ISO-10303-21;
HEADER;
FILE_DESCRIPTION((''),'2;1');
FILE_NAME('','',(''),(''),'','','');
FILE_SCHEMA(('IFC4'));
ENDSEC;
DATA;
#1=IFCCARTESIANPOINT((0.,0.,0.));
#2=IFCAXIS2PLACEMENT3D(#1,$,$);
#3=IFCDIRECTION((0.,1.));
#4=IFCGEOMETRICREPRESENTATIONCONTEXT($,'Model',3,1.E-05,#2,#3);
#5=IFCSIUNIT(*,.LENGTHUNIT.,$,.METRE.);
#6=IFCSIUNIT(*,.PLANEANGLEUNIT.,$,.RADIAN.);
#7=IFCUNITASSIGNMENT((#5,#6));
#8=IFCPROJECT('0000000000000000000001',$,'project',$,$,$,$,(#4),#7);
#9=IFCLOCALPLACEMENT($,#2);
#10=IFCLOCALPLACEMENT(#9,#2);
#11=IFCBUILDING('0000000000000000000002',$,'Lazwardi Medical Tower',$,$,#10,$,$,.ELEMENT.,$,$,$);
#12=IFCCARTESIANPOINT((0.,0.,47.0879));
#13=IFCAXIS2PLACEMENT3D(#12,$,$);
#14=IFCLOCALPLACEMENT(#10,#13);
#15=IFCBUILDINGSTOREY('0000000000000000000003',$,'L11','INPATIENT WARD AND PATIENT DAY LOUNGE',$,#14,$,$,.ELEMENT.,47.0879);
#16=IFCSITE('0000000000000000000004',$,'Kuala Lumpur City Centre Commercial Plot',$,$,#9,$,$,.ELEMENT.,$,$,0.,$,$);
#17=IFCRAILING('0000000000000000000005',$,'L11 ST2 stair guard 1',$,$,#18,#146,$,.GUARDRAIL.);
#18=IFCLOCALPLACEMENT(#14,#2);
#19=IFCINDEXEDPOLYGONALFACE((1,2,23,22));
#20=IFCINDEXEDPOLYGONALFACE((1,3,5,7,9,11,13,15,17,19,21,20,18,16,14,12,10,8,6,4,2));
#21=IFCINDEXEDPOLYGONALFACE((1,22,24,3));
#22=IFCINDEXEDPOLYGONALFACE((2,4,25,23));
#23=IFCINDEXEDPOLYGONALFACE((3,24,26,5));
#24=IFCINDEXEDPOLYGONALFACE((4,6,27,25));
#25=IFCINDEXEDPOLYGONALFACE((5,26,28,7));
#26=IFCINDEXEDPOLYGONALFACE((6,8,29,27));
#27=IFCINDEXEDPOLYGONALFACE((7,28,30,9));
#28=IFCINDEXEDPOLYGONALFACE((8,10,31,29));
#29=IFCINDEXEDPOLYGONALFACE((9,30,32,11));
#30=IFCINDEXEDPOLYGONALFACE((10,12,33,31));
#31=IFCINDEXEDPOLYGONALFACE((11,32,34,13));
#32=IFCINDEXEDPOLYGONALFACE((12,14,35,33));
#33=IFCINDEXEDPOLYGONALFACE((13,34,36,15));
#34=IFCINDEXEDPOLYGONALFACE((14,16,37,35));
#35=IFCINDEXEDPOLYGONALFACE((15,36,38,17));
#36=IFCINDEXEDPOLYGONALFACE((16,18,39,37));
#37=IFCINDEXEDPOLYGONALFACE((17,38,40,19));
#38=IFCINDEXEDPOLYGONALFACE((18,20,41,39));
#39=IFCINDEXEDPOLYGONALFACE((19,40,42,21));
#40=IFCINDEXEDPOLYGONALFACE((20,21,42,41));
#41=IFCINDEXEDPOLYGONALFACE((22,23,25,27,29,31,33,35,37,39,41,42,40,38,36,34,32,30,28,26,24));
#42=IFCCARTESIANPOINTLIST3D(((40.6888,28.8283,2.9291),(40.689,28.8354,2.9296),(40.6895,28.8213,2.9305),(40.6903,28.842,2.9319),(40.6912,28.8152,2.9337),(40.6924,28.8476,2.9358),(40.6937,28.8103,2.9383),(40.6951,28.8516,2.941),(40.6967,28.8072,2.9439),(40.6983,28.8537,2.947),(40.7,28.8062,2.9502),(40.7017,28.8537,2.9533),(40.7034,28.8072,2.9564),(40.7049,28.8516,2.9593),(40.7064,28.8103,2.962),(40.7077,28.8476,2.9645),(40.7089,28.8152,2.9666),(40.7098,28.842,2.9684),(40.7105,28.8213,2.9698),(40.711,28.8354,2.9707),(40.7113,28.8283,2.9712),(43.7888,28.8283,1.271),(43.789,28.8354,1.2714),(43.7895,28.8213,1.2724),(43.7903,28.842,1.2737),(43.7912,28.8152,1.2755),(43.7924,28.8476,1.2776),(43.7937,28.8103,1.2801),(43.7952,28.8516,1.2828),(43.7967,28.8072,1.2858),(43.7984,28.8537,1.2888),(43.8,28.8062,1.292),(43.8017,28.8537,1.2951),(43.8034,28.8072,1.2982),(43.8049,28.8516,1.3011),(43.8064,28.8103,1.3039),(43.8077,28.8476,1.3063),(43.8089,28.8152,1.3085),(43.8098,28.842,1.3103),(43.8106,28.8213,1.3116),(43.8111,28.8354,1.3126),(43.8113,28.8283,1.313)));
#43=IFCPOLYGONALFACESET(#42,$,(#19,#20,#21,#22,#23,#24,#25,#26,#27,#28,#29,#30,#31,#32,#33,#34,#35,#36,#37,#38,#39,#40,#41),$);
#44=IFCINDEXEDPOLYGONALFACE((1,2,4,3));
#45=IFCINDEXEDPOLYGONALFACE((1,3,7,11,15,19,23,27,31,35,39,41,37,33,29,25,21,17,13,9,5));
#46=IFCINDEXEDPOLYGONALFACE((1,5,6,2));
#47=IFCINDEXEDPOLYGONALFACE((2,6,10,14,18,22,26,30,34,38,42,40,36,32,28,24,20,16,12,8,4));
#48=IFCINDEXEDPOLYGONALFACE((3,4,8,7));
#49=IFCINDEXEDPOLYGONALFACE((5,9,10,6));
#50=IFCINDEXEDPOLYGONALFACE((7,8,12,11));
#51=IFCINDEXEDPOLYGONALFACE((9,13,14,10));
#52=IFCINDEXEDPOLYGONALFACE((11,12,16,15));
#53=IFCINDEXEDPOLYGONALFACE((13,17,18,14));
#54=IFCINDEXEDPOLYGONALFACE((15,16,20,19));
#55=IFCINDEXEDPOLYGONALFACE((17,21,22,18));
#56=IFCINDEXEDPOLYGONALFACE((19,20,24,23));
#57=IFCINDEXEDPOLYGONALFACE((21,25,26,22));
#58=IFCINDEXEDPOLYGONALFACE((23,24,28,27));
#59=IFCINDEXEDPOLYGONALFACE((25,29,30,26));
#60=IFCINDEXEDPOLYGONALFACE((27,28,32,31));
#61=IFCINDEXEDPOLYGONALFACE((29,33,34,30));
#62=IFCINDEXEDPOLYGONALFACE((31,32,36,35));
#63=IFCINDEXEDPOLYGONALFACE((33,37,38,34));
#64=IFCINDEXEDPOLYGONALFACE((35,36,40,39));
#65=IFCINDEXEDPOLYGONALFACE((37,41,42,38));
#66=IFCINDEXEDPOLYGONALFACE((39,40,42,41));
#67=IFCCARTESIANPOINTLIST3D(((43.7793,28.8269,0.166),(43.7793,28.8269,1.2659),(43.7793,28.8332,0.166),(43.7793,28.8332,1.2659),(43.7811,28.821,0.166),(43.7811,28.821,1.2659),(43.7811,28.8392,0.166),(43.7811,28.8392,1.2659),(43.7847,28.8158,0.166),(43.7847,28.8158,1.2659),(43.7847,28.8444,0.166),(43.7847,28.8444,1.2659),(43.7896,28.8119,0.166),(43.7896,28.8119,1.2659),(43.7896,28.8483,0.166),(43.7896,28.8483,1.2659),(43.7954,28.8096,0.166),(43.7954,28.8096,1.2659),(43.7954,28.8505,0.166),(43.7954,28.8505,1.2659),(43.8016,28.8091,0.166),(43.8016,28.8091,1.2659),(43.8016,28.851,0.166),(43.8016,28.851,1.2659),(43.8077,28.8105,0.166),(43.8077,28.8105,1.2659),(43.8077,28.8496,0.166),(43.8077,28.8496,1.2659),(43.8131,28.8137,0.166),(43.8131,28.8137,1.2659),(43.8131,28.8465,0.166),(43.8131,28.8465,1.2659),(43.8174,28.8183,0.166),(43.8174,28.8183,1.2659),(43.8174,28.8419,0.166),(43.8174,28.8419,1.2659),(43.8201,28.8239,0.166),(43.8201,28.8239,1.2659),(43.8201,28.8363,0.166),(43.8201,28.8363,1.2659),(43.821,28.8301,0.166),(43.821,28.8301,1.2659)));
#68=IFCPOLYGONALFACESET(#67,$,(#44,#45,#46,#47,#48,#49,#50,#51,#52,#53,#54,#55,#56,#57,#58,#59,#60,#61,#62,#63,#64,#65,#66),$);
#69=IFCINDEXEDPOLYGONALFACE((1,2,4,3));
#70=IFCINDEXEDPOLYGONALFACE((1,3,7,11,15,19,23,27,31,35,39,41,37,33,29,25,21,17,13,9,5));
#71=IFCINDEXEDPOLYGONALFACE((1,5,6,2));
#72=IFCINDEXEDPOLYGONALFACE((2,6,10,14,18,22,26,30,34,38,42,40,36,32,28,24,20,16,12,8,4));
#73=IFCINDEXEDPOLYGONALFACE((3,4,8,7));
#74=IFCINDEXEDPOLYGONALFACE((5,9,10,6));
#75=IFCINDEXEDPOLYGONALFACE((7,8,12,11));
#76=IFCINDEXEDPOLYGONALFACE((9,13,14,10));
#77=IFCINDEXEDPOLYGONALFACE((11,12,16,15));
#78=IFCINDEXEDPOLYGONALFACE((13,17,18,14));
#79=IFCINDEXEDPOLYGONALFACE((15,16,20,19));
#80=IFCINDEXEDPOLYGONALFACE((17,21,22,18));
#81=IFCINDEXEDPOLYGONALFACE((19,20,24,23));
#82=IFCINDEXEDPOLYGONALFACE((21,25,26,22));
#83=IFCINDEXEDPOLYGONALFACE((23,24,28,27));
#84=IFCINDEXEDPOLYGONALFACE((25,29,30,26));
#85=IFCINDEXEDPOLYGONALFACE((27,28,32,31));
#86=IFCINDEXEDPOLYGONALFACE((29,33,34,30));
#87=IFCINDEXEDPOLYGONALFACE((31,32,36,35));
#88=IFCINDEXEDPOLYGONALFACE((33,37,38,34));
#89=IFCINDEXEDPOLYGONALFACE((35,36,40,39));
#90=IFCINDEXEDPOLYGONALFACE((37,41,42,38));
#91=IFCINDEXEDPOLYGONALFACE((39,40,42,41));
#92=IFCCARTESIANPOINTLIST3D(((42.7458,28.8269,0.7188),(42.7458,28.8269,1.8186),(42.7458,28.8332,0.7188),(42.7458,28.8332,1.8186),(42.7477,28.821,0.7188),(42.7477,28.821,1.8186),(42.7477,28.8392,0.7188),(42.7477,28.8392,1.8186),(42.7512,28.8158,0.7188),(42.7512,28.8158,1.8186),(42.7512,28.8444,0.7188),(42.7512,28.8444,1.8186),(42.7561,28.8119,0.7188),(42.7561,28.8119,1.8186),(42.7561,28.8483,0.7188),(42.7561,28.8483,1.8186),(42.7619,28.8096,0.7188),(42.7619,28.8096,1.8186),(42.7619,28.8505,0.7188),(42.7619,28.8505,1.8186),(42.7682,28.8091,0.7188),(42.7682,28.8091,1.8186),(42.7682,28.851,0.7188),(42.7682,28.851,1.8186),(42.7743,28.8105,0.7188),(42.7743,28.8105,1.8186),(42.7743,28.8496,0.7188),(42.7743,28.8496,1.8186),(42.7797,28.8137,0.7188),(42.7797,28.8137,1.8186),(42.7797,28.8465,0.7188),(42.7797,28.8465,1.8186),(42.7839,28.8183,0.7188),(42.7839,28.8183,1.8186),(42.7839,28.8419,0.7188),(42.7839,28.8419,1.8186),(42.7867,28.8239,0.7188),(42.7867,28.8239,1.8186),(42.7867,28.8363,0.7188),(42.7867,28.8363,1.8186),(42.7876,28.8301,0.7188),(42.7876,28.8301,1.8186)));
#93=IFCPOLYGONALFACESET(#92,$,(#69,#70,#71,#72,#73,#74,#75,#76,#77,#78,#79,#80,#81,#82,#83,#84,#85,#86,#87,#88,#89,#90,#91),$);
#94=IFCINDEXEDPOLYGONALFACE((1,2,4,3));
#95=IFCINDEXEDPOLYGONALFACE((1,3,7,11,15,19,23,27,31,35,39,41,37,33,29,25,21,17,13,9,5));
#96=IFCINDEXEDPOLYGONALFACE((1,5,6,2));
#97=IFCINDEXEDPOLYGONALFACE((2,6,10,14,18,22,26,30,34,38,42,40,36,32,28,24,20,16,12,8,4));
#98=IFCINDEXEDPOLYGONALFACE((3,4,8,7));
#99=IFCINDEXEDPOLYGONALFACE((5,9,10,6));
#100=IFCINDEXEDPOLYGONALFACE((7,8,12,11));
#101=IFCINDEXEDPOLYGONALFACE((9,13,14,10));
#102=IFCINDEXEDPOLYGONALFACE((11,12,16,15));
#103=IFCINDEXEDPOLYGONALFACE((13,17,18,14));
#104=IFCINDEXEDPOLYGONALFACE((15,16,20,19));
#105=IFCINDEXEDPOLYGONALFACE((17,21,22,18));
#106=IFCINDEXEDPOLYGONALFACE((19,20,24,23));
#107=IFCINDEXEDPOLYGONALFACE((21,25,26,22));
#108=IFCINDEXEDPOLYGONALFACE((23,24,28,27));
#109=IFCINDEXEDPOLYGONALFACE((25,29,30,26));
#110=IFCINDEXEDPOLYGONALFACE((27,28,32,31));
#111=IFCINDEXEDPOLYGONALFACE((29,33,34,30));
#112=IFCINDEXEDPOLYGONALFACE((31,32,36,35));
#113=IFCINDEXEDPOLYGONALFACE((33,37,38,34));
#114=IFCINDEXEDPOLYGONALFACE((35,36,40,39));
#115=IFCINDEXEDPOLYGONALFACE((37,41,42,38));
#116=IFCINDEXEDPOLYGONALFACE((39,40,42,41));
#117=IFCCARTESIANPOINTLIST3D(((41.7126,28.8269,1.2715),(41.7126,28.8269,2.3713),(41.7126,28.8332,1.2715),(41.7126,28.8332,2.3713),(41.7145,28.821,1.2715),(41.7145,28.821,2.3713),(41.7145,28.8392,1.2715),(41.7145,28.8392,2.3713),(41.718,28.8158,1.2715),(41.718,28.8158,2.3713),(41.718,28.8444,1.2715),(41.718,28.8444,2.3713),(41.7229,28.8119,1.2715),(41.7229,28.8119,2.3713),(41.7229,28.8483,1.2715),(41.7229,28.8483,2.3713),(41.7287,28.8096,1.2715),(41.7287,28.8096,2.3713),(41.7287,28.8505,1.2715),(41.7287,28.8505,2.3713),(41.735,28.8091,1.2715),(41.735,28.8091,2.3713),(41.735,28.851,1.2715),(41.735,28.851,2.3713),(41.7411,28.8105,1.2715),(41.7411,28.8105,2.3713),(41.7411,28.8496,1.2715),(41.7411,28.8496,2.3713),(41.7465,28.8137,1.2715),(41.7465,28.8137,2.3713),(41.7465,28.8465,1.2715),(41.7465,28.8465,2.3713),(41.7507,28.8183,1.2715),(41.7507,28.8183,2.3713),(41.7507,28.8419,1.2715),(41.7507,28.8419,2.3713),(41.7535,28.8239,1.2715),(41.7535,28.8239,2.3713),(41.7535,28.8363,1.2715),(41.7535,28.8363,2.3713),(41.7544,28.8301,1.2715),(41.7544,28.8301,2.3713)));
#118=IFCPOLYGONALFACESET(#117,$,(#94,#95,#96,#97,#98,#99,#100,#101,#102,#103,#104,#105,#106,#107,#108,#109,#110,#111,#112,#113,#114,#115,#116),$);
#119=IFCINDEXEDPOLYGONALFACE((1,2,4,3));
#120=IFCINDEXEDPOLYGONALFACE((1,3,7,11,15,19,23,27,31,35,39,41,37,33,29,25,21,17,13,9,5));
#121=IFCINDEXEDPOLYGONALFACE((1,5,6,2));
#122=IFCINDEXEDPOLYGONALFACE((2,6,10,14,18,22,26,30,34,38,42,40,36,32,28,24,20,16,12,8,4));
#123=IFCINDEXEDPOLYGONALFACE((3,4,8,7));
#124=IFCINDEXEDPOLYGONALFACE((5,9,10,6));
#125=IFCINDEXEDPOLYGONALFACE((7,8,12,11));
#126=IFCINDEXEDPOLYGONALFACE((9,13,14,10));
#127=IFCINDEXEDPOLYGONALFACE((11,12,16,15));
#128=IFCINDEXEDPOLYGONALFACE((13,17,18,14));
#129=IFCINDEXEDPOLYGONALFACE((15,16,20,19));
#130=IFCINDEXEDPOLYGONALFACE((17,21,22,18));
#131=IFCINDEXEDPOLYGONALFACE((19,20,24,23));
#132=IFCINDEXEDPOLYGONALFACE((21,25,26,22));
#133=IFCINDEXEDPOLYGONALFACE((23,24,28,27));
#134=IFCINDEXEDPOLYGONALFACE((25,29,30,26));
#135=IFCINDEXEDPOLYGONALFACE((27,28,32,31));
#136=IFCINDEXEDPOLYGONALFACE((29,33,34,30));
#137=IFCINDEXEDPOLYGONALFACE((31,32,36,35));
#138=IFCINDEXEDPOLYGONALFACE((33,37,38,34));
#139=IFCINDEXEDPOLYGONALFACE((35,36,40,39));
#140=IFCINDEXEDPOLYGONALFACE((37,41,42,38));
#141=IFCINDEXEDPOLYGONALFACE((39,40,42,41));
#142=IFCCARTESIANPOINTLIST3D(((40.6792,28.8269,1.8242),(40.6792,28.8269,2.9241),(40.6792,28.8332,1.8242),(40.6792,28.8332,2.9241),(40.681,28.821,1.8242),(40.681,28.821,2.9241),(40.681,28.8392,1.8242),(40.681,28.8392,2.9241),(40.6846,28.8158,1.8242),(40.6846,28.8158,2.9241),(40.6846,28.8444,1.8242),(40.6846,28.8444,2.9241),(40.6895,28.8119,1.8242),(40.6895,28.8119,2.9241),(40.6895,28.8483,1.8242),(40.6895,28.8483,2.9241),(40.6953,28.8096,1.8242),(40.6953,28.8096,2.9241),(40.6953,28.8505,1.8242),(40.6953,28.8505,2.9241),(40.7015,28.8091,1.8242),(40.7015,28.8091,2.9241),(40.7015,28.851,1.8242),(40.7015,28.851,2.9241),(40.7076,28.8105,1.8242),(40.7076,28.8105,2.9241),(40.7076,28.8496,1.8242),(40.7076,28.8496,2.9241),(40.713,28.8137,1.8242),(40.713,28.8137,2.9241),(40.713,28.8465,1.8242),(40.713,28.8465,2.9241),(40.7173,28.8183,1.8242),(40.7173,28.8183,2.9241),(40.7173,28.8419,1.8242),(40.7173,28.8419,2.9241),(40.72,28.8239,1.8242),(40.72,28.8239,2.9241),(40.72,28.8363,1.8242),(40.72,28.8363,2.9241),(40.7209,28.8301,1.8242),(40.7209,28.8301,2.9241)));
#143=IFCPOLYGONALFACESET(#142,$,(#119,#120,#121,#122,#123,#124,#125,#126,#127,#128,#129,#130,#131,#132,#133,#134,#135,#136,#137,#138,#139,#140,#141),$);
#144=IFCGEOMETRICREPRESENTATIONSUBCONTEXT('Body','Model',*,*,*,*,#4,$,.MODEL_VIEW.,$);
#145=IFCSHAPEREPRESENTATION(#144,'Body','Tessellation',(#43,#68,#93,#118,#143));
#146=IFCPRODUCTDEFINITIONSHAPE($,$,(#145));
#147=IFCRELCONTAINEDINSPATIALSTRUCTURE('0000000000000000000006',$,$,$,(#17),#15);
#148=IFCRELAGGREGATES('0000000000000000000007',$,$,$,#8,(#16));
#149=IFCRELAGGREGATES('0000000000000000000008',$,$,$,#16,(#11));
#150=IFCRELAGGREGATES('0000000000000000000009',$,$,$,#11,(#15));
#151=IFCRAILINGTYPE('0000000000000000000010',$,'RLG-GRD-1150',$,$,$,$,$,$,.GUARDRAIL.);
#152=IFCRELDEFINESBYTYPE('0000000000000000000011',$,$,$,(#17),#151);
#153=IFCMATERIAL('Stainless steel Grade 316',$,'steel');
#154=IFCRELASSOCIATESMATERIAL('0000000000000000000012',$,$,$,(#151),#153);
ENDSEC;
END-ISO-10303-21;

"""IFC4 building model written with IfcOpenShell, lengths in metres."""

from ifc_helpers import new_model, si_unit, direction, frame, origin, origin_2d, place, context, subcontext, project, spatial, circle, extrude, material, type_object, element, save


model = new_model("IFC4")

# Units and contexts
model_context = context("Model", 3, precision=1e-05, world=origin(), true_north=direction((0.0, 1.0)))
body_context = subcontext(model_context, "Body", "Model", "MODEL_VIEW")
ifc_project = project(units=[si_unit("LENGTHUNIT", "METRE"), si_unit("PLANEANGLEUNIT", "RADIAN")], contexts=[model_context])

# Site, building, storey
site_placement = place(None, origin())
site = spatial("IfcSite", under=ifc_project, at=site_placement, Name="Kuala Lumpur City Centre Commercial Plot", CompositionType="ELEMENT", RefElevation=0.0)
building_placement = place(site_placement, origin())
building = spatial("IfcBuilding", under=site, at=building_placement, Name="Lazwardi Medical Tower", CompositionType="ELEMENT")
storey_placement = place(building_placement, frame((0.0, 0.0, 47.0879)))
storey = spatial("IfcBuildingStorey", under=building, at=storey_placement, Name="L11", Description="INPATIENT WARD AND PATIENT DAY LOUNGE", CompositionType="ELEMENT", Elevation=47.0879)

# Railing
ifc_material_1 = material(Name="Stainless steel Grade 316", Category="steel")
railing_type_1 = type_object("IfcRailingType", Name="RLG-GRD-1150", PredefinedType="GUARDRAIL", material=ifc_material_1)
railing_1_placement = place(storey_placement, frame((43.8, 28.8301, 0.166)))
element("IfcRailing", 1, at=railing_1_placement, inside=storey, type_object=railing_type_1, Name="L11 ST2 stair guard 1", PredefinedType="GUARDRAIL", context=body_context, shape_type="SweptSolid", body=[
    extrude(circle(Radius=0.0239, at=origin_2d()), frame((0.0, 0.0, 1.126), z_axis=(-0.881783, 0.0, 0.471655), x_axis=(0.0, -1.0, 0.0)), (0.0, 0.0, 1.0), 3.5156),
    extrude(circle(Radius=0.021, at=origin_2d()), origin(), (0.0, 0.0, 1.0), 1.0999),
    extrude(circle(Radius=0.021, at=origin_2d()), frame((-1.0334, 0.0, 0.5527)), (0.0, 0.0, 1.0), 1.0999),
    extrude(circle(Radius=0.021, at=origin_2d()), frame((-2.0667, 0.0, 1.1055)), (0.0, 0.0, 1.0), 1.0999),
    extrude(circle(Radius=0.021, at=origin_2d()), frame((-3.1001, 0.0, 1.6582)), (0.0, 0.0, 1.0), 1.0999),
])

save(model, "model.ifc")
